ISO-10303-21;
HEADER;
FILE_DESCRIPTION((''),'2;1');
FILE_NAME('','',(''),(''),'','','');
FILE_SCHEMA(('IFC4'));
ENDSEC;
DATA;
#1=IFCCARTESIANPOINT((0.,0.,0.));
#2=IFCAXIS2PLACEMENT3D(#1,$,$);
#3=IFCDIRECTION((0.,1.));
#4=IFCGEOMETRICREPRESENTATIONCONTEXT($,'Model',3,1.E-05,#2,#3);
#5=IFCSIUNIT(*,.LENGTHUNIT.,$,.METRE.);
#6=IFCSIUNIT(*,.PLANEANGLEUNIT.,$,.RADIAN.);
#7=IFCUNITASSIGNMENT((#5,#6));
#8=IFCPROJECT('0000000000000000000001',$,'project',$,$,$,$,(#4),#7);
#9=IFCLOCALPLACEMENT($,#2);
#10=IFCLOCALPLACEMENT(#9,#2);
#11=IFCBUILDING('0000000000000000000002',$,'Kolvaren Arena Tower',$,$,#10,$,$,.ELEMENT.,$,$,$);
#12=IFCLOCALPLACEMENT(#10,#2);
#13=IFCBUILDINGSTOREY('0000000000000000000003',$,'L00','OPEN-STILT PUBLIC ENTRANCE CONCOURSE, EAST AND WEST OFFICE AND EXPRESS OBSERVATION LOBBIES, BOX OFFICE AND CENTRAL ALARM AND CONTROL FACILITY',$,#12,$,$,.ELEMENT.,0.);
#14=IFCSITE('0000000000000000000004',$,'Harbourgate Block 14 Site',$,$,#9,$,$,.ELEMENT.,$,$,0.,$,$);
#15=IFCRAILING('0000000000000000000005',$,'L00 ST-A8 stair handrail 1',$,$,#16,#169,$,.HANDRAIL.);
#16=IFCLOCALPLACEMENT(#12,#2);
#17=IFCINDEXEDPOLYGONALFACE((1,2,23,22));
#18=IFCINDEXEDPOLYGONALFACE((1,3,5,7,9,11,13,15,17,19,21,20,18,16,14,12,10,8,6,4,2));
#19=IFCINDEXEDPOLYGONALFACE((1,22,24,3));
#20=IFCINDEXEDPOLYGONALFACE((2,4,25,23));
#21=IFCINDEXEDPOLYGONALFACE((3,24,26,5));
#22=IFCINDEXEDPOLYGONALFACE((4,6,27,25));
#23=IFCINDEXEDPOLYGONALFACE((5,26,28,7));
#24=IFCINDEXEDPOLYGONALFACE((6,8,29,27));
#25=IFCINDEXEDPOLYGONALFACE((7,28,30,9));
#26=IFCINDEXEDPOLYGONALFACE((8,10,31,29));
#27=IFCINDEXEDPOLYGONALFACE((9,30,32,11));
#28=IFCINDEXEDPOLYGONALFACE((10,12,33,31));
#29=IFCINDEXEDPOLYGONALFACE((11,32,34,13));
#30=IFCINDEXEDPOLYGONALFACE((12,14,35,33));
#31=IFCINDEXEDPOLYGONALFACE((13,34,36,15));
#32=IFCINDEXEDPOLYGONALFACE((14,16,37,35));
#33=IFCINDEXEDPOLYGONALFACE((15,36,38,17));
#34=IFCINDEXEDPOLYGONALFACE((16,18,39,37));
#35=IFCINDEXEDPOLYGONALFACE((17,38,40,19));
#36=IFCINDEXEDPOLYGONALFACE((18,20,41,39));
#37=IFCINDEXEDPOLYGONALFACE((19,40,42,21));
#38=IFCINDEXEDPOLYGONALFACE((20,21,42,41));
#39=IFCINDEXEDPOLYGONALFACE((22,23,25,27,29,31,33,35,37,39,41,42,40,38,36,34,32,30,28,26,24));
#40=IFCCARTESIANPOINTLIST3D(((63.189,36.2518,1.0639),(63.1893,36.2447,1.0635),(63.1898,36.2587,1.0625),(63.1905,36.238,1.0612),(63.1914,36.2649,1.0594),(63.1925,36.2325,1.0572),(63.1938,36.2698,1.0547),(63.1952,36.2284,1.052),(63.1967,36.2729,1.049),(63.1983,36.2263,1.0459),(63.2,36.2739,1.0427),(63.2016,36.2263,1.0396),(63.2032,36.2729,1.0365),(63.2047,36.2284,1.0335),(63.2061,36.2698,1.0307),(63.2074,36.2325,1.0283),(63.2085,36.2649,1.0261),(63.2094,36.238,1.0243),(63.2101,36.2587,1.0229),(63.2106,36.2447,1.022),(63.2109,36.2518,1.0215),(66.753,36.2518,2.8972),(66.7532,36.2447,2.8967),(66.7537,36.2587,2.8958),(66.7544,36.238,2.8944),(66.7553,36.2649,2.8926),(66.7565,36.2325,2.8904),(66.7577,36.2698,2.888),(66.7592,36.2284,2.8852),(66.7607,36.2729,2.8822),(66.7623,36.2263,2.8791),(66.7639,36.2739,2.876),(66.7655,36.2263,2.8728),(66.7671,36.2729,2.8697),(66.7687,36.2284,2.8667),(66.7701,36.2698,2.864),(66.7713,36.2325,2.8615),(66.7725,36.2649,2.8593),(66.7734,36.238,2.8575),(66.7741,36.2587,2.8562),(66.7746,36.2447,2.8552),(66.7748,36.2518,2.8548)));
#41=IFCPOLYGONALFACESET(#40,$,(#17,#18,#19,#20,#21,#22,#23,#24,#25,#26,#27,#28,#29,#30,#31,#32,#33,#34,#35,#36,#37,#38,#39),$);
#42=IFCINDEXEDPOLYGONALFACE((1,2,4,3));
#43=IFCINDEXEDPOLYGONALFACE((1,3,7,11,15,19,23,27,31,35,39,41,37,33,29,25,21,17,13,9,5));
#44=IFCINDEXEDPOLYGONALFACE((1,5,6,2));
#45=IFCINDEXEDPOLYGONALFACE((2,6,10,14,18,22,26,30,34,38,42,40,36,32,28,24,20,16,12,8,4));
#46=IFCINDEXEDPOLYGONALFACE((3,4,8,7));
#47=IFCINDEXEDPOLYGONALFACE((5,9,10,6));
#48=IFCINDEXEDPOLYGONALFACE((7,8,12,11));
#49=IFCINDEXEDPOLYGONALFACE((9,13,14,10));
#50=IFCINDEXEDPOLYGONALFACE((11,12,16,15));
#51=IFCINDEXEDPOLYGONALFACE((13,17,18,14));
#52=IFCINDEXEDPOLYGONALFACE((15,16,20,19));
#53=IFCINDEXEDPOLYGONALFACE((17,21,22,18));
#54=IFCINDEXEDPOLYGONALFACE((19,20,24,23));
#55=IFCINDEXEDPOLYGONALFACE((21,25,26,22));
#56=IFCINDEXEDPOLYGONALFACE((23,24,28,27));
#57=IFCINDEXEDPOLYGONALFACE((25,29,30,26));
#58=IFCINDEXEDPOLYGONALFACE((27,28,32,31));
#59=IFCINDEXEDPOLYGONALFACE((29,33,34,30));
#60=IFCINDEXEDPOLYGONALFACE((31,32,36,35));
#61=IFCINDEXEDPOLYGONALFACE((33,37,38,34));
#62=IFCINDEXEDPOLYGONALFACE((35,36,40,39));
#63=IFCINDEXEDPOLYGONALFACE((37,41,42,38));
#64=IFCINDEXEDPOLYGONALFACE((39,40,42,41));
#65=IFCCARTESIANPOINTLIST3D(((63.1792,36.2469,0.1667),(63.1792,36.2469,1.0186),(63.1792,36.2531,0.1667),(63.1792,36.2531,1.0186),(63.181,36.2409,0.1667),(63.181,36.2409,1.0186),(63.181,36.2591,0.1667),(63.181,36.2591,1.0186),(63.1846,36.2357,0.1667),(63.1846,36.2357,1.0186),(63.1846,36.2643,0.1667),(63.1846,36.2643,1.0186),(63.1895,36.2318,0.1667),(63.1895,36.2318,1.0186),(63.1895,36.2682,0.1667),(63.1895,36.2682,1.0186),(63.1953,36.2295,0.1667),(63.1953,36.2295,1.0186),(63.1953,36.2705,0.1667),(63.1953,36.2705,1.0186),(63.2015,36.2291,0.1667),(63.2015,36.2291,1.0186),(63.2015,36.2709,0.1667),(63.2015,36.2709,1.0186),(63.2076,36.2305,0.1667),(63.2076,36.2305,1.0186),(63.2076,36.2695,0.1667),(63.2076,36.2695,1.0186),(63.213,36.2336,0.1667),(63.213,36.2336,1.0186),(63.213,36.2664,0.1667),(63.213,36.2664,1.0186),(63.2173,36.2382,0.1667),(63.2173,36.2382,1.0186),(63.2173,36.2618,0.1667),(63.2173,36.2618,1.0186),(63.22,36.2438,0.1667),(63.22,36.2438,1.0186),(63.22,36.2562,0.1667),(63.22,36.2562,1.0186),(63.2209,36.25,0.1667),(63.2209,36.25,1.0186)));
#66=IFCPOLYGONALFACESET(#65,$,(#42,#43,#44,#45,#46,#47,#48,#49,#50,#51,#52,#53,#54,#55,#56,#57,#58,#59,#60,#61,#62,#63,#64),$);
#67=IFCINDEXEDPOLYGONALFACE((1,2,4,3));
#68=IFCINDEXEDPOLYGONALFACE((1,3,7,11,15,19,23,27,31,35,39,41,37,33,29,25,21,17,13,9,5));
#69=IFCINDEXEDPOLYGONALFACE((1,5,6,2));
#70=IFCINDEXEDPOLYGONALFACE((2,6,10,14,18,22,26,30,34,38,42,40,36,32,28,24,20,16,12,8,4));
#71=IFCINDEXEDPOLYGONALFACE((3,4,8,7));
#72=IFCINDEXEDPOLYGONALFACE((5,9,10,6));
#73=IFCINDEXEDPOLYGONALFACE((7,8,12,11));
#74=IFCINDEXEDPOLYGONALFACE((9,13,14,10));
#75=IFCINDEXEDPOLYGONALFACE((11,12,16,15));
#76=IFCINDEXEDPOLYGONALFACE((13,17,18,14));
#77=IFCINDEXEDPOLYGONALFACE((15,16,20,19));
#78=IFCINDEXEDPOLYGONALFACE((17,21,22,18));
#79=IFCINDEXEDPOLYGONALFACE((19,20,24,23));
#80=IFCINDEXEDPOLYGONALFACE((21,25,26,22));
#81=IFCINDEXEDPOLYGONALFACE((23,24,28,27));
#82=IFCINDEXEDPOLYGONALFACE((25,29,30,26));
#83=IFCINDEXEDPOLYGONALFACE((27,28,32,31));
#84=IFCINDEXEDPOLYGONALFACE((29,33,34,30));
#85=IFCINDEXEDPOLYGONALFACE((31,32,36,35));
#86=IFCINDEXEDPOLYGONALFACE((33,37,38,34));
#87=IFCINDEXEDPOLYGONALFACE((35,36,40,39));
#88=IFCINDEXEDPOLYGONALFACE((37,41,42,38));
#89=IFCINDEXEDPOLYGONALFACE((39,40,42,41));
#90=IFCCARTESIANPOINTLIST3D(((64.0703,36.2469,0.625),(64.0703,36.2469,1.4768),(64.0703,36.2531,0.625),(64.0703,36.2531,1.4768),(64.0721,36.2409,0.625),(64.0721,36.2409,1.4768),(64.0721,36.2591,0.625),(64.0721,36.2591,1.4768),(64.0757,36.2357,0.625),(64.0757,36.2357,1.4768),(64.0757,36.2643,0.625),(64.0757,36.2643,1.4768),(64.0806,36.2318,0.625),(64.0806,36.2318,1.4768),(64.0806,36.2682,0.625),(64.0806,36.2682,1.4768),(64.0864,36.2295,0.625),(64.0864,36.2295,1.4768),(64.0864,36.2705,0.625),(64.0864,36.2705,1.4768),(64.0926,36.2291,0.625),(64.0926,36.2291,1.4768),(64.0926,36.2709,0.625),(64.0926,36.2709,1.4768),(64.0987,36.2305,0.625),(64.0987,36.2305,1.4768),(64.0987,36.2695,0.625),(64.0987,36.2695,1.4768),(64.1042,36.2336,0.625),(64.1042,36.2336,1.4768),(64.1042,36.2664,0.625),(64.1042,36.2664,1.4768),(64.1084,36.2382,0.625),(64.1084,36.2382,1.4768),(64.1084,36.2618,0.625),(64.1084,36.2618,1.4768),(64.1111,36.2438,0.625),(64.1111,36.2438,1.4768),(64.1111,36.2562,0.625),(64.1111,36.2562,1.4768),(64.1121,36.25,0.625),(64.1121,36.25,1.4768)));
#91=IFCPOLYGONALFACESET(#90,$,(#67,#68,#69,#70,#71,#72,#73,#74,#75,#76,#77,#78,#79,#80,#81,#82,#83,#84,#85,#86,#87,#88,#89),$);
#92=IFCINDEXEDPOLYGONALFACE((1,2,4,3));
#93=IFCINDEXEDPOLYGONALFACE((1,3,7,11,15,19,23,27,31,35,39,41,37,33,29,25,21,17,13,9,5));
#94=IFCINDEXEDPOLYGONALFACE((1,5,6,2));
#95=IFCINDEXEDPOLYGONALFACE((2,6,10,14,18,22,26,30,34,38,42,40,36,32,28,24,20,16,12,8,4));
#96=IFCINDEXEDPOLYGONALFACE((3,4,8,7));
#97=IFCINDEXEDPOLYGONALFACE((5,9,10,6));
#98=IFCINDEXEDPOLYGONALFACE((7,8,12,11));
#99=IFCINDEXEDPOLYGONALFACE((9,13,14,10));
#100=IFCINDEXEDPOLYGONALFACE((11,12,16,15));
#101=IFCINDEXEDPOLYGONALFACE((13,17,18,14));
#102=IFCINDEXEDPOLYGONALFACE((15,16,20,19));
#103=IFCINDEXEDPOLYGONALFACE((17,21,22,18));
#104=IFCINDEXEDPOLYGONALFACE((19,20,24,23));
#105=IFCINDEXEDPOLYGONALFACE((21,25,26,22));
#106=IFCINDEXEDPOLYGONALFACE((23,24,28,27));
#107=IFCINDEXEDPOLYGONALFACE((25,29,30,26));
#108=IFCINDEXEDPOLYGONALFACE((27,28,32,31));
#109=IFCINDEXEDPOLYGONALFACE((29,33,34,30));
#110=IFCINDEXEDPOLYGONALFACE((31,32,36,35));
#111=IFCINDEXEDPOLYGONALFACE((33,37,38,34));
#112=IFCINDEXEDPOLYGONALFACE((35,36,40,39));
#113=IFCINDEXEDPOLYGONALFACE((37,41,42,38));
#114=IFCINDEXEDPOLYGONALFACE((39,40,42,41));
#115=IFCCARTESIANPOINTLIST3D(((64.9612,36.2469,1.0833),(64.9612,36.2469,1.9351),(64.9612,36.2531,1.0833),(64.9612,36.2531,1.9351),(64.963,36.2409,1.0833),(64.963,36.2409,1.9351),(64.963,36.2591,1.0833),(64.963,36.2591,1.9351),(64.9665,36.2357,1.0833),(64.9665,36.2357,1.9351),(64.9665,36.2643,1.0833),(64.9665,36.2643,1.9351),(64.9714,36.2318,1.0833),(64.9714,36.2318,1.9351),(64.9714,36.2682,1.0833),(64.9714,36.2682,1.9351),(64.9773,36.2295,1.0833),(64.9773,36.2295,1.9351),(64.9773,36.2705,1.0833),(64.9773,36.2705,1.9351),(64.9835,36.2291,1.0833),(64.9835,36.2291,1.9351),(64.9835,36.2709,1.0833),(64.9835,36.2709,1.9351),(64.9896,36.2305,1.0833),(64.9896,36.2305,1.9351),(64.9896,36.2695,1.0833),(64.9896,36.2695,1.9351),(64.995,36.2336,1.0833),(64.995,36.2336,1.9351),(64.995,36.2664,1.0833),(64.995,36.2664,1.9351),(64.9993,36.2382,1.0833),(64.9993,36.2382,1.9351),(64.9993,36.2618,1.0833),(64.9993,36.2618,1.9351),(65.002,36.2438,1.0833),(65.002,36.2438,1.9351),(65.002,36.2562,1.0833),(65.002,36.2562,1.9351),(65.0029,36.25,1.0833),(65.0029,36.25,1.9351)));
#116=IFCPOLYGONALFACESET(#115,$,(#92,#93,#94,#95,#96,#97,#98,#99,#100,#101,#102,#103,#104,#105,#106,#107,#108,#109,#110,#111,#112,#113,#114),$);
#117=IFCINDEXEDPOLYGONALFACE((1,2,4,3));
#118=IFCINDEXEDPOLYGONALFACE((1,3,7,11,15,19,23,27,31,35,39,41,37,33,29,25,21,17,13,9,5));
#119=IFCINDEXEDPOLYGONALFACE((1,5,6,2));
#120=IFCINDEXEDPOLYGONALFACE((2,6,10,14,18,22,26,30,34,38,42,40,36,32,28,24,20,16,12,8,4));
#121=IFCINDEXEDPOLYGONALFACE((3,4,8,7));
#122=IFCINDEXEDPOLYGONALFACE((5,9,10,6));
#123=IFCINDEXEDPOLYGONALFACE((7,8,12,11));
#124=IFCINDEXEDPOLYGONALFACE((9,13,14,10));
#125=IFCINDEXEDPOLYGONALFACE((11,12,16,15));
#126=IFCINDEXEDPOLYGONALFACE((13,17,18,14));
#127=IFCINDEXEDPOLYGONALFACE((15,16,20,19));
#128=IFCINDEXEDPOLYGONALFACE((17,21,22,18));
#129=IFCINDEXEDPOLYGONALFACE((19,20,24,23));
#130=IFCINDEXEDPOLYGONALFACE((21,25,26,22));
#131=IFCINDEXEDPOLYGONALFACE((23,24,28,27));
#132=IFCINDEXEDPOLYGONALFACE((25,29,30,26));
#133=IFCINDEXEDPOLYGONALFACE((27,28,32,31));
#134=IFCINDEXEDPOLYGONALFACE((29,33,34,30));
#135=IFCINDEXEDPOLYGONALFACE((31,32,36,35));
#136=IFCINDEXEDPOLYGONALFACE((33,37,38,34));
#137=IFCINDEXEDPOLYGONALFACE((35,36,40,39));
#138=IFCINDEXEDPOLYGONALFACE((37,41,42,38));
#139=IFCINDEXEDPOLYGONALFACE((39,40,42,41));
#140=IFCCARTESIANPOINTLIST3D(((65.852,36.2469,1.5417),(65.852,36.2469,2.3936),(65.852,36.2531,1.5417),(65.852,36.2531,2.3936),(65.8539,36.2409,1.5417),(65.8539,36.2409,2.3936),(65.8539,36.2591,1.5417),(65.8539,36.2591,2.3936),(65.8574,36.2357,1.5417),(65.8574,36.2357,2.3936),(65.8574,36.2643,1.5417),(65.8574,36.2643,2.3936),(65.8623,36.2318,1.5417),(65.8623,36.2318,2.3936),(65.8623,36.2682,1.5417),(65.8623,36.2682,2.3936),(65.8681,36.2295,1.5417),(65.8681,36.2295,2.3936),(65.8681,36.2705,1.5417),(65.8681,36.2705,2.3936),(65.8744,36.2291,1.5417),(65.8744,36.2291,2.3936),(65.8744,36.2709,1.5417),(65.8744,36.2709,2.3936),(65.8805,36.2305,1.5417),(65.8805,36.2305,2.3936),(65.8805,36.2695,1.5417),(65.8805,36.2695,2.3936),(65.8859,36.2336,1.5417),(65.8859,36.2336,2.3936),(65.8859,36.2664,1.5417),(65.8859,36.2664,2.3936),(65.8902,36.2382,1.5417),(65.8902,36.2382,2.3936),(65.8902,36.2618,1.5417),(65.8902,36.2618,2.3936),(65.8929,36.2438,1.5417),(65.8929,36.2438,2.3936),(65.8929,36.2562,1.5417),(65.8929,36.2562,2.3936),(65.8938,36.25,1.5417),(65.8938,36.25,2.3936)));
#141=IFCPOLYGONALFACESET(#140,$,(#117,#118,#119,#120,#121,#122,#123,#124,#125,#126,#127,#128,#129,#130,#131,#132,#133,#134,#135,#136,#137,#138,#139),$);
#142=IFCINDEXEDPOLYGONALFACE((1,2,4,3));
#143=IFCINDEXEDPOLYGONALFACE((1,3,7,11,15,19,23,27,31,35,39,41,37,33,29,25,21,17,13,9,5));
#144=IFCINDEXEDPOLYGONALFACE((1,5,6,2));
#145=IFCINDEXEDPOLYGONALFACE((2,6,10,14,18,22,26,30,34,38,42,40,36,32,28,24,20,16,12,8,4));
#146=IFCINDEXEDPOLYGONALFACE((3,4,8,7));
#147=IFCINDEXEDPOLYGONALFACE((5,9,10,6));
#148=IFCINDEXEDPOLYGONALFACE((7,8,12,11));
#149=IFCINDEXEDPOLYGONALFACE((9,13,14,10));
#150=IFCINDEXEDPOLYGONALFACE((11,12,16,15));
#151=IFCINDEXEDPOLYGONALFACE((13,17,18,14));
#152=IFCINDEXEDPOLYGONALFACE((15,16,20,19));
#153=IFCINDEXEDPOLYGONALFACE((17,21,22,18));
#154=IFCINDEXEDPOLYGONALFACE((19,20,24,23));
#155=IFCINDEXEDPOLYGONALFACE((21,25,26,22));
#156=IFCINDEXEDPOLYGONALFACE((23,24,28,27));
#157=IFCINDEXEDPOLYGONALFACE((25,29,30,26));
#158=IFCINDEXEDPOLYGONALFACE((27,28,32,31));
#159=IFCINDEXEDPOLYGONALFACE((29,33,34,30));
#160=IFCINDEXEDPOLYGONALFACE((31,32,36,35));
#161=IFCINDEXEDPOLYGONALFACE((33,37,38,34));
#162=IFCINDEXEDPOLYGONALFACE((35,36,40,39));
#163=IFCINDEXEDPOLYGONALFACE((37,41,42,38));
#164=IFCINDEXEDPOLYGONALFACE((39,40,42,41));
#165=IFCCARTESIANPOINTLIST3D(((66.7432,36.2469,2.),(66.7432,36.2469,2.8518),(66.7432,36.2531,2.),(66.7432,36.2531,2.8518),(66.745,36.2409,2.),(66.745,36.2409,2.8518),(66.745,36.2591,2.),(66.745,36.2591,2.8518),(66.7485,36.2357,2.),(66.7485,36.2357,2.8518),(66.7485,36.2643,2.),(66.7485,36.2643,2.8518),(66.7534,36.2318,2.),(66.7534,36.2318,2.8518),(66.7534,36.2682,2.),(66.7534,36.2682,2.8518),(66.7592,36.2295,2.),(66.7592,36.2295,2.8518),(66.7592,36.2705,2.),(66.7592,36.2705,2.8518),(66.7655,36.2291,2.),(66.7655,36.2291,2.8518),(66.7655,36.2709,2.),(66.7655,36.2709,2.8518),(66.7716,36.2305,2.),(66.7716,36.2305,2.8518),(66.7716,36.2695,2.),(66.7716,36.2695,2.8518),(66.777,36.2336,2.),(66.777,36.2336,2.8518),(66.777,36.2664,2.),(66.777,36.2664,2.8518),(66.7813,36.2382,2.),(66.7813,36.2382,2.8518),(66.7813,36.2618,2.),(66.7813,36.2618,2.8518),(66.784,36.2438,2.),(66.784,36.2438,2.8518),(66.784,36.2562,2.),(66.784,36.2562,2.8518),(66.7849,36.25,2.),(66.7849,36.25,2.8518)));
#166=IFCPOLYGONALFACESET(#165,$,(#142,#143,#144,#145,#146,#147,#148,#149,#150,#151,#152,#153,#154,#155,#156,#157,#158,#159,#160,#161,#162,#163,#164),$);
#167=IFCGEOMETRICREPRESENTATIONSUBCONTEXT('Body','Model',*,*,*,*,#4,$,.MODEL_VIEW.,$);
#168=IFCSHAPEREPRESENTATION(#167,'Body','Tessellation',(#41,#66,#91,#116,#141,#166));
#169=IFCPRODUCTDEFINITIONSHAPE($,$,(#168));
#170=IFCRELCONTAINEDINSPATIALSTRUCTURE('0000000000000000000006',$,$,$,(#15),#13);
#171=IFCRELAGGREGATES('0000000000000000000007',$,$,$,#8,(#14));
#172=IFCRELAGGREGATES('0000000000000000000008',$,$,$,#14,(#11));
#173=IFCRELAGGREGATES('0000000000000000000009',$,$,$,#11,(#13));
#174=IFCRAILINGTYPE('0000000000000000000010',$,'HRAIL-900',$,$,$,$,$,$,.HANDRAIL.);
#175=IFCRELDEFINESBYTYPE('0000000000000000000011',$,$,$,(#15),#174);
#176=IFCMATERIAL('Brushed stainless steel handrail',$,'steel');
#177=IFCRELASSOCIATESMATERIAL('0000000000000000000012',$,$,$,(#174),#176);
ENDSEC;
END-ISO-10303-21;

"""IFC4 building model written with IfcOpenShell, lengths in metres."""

from ifc_helpers import new_model, si_unit, direction, frame, origin, origin_2d, place, context, subcontext, project, spatial, circle, extrude, material, type_object, element, save


model = new_model("IFC4")

# Units and contexts
model_context = context("Model", 3, precision=1e-05, world=origin(), true_north=direction((0.0, 1.0)))
body_context = subcontext(model_context, "Body", "Model", "MODEL_VIEW")
ifc_project = project(units=[si_unit("LENGTHUNIT", "METRE"), si_unit("PLANEANGLEUNIT", "RADIAN")], contexts=[model_context])

# Site, building, storey
site_placement = place(None, origin())
site = spatial("IfcSite", under=ifc_project, at=site_placement, Name="Harbourgate Block 14 Site", CompositionType="ELEMENT", RefElevation=0.0)
building_placement = place(site_placement, origin())
building = spatial("IfcBuilding", under=site, at=building_placement, Name="Kolvaren Arena Tower", CompositionType="ELEMENT")
storey_placement = place(building_placement, origin())
storey = spatial("IfcBuildingStorey", under=building, at=storey_placement, Name="L00", Description="OPEN-STILT PUBLIC ENTRANCE CONCOURSE, EAST AND WEST OFFICE AND EXPRESS OBSERVATION LOBBIES, BOX OFFICE AND CENTRAL ALARM AND CONTROL FACILITY", CompositionType="ELEMENT", Elevation=0.0)

# Railing
ifc_material_1 = material(Name="Brushed stainless steel handrail", Category="steel")
railing_type_1 = type_object("IfcRailingType", Name="HRAIL-900", PredefinedType="HANDRAIL", material=ifc_material_1)
for number, where, name in (
    (1, (63.2, 36.25, 0.1667), "L00 ST-A8 stair handrail 1"),
):
    element("IfcRailing", number, at=place(storey_placement, frame(where)), inside=storey, type_object=railing_type_1, Name=name, PredefinedType="HANDRAIL", context=body_context, shape_type="SweptSolid", body=[
        extrude(circle(Radius=0.0239, at=origin_2d()), frame((0.0, 0.0, 0.876), z_axis=(0.889252, 0.0, 0.457418), x_axis=(0.0, 1.0, 0.0)), (0.0, 0.0, 1.0), 4.0078),
        extrude(circle(Radius=0.021, at=origin_2d()), origin(), (0.0, 0.0, 1.0), 0.8518),
        extrude(circle(Radius=0.021, at=origin_2d()), frame((0.8911, 0.0, 0.4583)), (0.0, 0.0, 1.0), 0.8518),
        extrude(circle(Radius=0.021, at=origin_2d()), frame((1.782, 0.0, 0.9165)), (0.0, 0.0, 1.0), 0.8518),
        extrude(circle(Radius=0.021, at=origin_2d()), frame((2.6729, 0.0, 1.375)), (0.0, 0.0, 1.0), 0.8518),
        extrude(circle(Radius=0.021, at=origin_2d()), frame((3.564, 0.0, 1.8333)), (0.0, 0.0, 1.0), 0.8518),
    ])

save(model, "model.ifc")
